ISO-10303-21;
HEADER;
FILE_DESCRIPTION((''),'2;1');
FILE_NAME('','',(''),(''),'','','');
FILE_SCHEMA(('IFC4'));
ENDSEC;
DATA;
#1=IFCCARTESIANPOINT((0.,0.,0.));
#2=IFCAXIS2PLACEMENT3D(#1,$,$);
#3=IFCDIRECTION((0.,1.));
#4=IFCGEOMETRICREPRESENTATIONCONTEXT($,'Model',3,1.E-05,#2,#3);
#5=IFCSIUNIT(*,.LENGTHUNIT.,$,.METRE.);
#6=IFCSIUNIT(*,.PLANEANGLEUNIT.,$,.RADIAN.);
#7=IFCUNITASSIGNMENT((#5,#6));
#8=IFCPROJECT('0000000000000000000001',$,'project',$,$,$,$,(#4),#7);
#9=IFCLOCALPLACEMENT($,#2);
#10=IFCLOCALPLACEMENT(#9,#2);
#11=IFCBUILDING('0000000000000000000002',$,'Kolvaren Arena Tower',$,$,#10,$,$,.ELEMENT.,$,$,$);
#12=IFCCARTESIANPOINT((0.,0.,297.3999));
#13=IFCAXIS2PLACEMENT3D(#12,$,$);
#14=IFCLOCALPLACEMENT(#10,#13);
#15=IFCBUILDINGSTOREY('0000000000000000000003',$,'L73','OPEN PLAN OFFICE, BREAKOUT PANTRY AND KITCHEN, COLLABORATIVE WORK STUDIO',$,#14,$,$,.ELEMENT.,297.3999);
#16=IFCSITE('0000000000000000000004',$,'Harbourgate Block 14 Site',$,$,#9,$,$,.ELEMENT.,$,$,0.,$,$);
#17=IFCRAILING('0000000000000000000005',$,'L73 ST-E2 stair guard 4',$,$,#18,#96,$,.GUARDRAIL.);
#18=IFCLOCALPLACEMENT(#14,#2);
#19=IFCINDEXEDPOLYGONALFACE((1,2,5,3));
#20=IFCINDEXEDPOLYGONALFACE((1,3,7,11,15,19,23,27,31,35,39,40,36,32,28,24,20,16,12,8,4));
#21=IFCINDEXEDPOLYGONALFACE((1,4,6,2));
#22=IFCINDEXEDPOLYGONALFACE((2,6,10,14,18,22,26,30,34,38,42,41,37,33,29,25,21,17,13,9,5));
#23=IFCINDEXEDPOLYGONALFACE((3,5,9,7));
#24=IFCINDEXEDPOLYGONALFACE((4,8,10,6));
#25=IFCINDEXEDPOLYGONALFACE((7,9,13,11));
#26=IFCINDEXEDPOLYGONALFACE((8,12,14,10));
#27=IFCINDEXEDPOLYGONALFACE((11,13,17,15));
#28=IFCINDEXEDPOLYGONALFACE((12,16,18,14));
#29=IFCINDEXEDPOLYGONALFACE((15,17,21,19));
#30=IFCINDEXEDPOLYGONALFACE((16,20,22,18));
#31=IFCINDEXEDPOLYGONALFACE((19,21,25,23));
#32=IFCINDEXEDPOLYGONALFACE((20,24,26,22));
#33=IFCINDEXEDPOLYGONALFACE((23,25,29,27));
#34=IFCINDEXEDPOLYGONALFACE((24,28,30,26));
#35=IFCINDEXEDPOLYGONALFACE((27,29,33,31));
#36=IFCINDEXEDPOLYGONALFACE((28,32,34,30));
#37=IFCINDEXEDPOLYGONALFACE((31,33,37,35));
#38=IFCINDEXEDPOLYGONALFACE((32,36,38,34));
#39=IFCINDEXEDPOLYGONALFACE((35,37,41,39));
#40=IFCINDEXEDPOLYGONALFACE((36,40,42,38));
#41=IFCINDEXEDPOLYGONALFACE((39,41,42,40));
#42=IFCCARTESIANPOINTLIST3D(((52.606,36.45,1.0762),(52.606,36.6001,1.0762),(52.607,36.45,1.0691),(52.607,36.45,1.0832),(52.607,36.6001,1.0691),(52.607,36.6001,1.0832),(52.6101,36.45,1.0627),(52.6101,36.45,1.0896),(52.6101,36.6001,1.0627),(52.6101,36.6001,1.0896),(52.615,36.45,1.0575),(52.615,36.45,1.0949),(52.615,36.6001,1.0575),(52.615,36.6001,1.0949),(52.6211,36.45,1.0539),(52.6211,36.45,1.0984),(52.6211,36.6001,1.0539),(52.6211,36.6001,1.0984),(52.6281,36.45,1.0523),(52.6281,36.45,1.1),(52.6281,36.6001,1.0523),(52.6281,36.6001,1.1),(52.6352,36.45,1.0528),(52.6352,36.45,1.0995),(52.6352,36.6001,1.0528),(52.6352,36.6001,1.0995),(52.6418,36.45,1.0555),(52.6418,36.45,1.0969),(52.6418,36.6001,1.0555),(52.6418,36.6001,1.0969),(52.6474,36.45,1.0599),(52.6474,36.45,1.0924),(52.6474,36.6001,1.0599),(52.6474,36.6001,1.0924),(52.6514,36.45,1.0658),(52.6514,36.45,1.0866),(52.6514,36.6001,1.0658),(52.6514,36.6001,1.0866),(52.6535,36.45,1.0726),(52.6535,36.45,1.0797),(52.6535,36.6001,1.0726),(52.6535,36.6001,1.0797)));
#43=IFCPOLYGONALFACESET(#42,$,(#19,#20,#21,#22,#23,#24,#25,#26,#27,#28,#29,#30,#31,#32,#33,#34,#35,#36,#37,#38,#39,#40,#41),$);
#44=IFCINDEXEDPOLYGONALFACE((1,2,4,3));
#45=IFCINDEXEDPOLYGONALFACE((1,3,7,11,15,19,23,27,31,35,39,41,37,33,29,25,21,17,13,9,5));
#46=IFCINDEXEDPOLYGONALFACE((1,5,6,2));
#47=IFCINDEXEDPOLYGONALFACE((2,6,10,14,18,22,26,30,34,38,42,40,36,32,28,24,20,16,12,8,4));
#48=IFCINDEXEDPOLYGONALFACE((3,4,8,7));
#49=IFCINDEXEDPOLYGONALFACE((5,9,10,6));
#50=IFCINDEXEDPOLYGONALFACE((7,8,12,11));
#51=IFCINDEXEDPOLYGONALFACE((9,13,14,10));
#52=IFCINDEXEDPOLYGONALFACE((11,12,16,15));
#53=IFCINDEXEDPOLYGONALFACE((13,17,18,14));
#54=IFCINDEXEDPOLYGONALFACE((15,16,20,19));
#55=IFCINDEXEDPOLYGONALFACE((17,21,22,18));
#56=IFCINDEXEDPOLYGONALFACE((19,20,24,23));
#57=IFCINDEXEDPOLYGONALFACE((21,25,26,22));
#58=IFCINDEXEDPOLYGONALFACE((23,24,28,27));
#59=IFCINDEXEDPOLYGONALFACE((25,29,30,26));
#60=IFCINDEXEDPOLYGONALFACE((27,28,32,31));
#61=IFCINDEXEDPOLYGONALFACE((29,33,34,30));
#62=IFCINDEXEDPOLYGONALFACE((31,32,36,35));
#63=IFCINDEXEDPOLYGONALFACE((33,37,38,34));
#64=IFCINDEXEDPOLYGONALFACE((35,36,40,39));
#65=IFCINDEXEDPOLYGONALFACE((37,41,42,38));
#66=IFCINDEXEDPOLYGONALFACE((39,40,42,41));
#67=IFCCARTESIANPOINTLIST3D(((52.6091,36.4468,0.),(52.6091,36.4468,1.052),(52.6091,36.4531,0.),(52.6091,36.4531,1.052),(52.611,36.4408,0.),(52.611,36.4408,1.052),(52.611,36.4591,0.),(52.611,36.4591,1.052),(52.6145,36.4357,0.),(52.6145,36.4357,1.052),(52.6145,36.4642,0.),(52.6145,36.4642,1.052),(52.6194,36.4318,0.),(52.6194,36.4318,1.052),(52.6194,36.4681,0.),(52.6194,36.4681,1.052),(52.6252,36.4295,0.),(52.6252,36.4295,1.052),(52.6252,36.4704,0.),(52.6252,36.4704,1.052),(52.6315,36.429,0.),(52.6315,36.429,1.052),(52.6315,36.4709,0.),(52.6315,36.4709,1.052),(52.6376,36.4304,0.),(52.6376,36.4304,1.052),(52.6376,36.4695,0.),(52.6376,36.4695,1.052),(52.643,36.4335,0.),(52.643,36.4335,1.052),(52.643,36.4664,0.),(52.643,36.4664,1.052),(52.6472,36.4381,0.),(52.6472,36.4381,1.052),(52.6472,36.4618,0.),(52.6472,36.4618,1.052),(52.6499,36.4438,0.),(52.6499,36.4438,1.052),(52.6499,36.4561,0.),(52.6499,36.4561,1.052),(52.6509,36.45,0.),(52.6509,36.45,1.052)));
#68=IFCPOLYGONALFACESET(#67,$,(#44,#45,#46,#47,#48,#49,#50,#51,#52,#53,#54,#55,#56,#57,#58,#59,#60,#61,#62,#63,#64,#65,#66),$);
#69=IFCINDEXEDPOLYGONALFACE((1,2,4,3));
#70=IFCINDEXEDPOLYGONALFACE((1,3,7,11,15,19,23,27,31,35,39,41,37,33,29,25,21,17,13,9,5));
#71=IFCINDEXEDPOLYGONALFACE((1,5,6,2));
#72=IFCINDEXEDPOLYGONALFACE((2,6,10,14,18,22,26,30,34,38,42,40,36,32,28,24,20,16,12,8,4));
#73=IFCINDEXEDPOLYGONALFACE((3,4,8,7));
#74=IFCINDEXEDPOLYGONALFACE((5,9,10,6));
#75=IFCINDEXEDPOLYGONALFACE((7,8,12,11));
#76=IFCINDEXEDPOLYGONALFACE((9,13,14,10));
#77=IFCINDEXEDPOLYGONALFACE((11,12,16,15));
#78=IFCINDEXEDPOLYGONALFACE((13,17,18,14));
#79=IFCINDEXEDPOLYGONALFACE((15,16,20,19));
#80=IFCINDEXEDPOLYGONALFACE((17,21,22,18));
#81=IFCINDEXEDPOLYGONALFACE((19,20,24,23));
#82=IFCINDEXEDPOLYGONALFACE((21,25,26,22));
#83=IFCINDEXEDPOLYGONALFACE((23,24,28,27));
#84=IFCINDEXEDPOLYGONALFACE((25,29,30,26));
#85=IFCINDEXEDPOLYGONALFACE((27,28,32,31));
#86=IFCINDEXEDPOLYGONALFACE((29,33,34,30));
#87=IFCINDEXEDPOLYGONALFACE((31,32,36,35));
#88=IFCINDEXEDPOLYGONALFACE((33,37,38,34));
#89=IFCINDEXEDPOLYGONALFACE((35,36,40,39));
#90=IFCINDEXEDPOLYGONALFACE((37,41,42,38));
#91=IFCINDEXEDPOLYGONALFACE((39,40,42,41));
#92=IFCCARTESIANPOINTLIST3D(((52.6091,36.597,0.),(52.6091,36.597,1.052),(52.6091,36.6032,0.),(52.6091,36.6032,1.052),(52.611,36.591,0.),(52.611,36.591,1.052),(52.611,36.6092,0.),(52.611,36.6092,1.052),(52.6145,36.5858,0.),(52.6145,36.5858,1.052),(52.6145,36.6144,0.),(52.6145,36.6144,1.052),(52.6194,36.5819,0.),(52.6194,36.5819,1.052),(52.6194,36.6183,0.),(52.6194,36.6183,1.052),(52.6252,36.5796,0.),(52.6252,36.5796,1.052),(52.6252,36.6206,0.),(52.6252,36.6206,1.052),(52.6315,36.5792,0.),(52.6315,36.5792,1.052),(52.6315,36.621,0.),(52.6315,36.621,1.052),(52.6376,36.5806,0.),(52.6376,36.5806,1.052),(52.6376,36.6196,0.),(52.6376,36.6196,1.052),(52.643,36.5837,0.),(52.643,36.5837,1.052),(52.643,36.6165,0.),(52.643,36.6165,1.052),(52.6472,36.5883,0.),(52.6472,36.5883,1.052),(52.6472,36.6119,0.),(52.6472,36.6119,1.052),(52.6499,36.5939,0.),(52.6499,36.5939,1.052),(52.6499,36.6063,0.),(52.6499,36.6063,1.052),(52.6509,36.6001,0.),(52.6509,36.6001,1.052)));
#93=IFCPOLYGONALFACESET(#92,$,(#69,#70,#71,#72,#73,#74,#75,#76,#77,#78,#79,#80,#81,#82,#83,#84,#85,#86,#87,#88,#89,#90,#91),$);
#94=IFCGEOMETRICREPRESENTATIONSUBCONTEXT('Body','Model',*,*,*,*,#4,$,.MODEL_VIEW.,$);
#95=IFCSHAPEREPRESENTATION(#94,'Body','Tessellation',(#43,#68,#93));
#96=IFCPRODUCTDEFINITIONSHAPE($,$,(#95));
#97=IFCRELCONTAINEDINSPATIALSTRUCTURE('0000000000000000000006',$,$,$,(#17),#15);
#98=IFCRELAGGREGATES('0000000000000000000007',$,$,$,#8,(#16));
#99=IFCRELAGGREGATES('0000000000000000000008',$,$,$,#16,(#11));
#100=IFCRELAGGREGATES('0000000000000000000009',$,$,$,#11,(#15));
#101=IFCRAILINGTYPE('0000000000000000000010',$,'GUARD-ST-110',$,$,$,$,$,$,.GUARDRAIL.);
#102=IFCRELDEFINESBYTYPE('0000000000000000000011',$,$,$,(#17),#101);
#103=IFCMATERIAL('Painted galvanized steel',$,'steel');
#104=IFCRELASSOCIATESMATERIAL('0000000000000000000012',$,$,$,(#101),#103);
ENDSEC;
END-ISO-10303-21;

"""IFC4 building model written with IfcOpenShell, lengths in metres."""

from ifc_helpers import new_model, si_unit, direction, frame, origin, origin_2d, place, context, subcontext, project, spatial, circle, extrude, material, type_object, element, save


model = new_model("IFC4")

# Units and contexts
model_context = context("Model", 3, precision=1e-05, world=origin(), true_north=direction((0.0, 1.0)))
body_context = subcontext(model_context, "Body", "Model", "MODEL_VIEW")
ifc_project = project(units=[si_unit("LENGTHUNIT", "METRE"), si_unit("PLANEANGLEUNIT", "RADIAN")], contexts=[model_context])

# Site, building, storey
site_placement = place(None, origin())
site = spatial("IfcSite", under=ifc_project, at=site_placement, Name="Harbourgate Block 14 Site", CompositionType="ELEMENT", RefElevation=0.0)
building_placement = place(site_placement, origin())
building = spatial("IfcBuilding", under=site, at=building_placement, Name="Kolvaren Arena Tower", CompositionType="ELEMENT")
storey_placement = place(building_placement, frame((0.0, 0.0, 297.3999)))
storey = spatial("IfcBuildingStorey", under=building, at=storey_placement, Name="L73", Description="OPEN PLAN OFFICE, BREAKOUT PANTRY AND KITCHEN, COLLABORATIVE WORK STUDIO", CompositionType="ELEMENT", Elevation=297.3999)

# Railing
ifc_material_1 = material(Name="Painted galvanized steel", Category="steel")
railing_type_1 = type_object("IfcRailingType", Name="GUARD-ST-110", PredefinedType="GUARDRAIL", material=ifc_material_1)
railing_1_placement = place(storey_placement, frame((52.6299, 36.45, 0.0)))
element("IfcRailing", 1, at=railing_1_placement, inside=storey, type_object=railing_type_1, Name="L73 ST-E2 stair guard 4", PredefinedType="GUARDRAIL", context=body_context, shape_type="SweptSolid", body=[
    extrude(circle(Radius=0.0239, at=origin_2d()), frame((0.0, 0.0, 1.0762), z_axis=(0.0, 1.0, 0.0), x_axis=(-1.0, 0.0, 0.0)), (0.0, 0.0, 1.0), 0.1501),
    extrude(circle(Radius=0.021, at=origin_2d()), origin(), (0.0, 0.0, 1.0), 1.052),
    extrude(circle(Radius=0.021, at=origin_2d()), frame((0.0, 0.1501, 0.0)), (0.0, 0.0, 1.0), 1.052),
])

save(model, "model.ifc")
